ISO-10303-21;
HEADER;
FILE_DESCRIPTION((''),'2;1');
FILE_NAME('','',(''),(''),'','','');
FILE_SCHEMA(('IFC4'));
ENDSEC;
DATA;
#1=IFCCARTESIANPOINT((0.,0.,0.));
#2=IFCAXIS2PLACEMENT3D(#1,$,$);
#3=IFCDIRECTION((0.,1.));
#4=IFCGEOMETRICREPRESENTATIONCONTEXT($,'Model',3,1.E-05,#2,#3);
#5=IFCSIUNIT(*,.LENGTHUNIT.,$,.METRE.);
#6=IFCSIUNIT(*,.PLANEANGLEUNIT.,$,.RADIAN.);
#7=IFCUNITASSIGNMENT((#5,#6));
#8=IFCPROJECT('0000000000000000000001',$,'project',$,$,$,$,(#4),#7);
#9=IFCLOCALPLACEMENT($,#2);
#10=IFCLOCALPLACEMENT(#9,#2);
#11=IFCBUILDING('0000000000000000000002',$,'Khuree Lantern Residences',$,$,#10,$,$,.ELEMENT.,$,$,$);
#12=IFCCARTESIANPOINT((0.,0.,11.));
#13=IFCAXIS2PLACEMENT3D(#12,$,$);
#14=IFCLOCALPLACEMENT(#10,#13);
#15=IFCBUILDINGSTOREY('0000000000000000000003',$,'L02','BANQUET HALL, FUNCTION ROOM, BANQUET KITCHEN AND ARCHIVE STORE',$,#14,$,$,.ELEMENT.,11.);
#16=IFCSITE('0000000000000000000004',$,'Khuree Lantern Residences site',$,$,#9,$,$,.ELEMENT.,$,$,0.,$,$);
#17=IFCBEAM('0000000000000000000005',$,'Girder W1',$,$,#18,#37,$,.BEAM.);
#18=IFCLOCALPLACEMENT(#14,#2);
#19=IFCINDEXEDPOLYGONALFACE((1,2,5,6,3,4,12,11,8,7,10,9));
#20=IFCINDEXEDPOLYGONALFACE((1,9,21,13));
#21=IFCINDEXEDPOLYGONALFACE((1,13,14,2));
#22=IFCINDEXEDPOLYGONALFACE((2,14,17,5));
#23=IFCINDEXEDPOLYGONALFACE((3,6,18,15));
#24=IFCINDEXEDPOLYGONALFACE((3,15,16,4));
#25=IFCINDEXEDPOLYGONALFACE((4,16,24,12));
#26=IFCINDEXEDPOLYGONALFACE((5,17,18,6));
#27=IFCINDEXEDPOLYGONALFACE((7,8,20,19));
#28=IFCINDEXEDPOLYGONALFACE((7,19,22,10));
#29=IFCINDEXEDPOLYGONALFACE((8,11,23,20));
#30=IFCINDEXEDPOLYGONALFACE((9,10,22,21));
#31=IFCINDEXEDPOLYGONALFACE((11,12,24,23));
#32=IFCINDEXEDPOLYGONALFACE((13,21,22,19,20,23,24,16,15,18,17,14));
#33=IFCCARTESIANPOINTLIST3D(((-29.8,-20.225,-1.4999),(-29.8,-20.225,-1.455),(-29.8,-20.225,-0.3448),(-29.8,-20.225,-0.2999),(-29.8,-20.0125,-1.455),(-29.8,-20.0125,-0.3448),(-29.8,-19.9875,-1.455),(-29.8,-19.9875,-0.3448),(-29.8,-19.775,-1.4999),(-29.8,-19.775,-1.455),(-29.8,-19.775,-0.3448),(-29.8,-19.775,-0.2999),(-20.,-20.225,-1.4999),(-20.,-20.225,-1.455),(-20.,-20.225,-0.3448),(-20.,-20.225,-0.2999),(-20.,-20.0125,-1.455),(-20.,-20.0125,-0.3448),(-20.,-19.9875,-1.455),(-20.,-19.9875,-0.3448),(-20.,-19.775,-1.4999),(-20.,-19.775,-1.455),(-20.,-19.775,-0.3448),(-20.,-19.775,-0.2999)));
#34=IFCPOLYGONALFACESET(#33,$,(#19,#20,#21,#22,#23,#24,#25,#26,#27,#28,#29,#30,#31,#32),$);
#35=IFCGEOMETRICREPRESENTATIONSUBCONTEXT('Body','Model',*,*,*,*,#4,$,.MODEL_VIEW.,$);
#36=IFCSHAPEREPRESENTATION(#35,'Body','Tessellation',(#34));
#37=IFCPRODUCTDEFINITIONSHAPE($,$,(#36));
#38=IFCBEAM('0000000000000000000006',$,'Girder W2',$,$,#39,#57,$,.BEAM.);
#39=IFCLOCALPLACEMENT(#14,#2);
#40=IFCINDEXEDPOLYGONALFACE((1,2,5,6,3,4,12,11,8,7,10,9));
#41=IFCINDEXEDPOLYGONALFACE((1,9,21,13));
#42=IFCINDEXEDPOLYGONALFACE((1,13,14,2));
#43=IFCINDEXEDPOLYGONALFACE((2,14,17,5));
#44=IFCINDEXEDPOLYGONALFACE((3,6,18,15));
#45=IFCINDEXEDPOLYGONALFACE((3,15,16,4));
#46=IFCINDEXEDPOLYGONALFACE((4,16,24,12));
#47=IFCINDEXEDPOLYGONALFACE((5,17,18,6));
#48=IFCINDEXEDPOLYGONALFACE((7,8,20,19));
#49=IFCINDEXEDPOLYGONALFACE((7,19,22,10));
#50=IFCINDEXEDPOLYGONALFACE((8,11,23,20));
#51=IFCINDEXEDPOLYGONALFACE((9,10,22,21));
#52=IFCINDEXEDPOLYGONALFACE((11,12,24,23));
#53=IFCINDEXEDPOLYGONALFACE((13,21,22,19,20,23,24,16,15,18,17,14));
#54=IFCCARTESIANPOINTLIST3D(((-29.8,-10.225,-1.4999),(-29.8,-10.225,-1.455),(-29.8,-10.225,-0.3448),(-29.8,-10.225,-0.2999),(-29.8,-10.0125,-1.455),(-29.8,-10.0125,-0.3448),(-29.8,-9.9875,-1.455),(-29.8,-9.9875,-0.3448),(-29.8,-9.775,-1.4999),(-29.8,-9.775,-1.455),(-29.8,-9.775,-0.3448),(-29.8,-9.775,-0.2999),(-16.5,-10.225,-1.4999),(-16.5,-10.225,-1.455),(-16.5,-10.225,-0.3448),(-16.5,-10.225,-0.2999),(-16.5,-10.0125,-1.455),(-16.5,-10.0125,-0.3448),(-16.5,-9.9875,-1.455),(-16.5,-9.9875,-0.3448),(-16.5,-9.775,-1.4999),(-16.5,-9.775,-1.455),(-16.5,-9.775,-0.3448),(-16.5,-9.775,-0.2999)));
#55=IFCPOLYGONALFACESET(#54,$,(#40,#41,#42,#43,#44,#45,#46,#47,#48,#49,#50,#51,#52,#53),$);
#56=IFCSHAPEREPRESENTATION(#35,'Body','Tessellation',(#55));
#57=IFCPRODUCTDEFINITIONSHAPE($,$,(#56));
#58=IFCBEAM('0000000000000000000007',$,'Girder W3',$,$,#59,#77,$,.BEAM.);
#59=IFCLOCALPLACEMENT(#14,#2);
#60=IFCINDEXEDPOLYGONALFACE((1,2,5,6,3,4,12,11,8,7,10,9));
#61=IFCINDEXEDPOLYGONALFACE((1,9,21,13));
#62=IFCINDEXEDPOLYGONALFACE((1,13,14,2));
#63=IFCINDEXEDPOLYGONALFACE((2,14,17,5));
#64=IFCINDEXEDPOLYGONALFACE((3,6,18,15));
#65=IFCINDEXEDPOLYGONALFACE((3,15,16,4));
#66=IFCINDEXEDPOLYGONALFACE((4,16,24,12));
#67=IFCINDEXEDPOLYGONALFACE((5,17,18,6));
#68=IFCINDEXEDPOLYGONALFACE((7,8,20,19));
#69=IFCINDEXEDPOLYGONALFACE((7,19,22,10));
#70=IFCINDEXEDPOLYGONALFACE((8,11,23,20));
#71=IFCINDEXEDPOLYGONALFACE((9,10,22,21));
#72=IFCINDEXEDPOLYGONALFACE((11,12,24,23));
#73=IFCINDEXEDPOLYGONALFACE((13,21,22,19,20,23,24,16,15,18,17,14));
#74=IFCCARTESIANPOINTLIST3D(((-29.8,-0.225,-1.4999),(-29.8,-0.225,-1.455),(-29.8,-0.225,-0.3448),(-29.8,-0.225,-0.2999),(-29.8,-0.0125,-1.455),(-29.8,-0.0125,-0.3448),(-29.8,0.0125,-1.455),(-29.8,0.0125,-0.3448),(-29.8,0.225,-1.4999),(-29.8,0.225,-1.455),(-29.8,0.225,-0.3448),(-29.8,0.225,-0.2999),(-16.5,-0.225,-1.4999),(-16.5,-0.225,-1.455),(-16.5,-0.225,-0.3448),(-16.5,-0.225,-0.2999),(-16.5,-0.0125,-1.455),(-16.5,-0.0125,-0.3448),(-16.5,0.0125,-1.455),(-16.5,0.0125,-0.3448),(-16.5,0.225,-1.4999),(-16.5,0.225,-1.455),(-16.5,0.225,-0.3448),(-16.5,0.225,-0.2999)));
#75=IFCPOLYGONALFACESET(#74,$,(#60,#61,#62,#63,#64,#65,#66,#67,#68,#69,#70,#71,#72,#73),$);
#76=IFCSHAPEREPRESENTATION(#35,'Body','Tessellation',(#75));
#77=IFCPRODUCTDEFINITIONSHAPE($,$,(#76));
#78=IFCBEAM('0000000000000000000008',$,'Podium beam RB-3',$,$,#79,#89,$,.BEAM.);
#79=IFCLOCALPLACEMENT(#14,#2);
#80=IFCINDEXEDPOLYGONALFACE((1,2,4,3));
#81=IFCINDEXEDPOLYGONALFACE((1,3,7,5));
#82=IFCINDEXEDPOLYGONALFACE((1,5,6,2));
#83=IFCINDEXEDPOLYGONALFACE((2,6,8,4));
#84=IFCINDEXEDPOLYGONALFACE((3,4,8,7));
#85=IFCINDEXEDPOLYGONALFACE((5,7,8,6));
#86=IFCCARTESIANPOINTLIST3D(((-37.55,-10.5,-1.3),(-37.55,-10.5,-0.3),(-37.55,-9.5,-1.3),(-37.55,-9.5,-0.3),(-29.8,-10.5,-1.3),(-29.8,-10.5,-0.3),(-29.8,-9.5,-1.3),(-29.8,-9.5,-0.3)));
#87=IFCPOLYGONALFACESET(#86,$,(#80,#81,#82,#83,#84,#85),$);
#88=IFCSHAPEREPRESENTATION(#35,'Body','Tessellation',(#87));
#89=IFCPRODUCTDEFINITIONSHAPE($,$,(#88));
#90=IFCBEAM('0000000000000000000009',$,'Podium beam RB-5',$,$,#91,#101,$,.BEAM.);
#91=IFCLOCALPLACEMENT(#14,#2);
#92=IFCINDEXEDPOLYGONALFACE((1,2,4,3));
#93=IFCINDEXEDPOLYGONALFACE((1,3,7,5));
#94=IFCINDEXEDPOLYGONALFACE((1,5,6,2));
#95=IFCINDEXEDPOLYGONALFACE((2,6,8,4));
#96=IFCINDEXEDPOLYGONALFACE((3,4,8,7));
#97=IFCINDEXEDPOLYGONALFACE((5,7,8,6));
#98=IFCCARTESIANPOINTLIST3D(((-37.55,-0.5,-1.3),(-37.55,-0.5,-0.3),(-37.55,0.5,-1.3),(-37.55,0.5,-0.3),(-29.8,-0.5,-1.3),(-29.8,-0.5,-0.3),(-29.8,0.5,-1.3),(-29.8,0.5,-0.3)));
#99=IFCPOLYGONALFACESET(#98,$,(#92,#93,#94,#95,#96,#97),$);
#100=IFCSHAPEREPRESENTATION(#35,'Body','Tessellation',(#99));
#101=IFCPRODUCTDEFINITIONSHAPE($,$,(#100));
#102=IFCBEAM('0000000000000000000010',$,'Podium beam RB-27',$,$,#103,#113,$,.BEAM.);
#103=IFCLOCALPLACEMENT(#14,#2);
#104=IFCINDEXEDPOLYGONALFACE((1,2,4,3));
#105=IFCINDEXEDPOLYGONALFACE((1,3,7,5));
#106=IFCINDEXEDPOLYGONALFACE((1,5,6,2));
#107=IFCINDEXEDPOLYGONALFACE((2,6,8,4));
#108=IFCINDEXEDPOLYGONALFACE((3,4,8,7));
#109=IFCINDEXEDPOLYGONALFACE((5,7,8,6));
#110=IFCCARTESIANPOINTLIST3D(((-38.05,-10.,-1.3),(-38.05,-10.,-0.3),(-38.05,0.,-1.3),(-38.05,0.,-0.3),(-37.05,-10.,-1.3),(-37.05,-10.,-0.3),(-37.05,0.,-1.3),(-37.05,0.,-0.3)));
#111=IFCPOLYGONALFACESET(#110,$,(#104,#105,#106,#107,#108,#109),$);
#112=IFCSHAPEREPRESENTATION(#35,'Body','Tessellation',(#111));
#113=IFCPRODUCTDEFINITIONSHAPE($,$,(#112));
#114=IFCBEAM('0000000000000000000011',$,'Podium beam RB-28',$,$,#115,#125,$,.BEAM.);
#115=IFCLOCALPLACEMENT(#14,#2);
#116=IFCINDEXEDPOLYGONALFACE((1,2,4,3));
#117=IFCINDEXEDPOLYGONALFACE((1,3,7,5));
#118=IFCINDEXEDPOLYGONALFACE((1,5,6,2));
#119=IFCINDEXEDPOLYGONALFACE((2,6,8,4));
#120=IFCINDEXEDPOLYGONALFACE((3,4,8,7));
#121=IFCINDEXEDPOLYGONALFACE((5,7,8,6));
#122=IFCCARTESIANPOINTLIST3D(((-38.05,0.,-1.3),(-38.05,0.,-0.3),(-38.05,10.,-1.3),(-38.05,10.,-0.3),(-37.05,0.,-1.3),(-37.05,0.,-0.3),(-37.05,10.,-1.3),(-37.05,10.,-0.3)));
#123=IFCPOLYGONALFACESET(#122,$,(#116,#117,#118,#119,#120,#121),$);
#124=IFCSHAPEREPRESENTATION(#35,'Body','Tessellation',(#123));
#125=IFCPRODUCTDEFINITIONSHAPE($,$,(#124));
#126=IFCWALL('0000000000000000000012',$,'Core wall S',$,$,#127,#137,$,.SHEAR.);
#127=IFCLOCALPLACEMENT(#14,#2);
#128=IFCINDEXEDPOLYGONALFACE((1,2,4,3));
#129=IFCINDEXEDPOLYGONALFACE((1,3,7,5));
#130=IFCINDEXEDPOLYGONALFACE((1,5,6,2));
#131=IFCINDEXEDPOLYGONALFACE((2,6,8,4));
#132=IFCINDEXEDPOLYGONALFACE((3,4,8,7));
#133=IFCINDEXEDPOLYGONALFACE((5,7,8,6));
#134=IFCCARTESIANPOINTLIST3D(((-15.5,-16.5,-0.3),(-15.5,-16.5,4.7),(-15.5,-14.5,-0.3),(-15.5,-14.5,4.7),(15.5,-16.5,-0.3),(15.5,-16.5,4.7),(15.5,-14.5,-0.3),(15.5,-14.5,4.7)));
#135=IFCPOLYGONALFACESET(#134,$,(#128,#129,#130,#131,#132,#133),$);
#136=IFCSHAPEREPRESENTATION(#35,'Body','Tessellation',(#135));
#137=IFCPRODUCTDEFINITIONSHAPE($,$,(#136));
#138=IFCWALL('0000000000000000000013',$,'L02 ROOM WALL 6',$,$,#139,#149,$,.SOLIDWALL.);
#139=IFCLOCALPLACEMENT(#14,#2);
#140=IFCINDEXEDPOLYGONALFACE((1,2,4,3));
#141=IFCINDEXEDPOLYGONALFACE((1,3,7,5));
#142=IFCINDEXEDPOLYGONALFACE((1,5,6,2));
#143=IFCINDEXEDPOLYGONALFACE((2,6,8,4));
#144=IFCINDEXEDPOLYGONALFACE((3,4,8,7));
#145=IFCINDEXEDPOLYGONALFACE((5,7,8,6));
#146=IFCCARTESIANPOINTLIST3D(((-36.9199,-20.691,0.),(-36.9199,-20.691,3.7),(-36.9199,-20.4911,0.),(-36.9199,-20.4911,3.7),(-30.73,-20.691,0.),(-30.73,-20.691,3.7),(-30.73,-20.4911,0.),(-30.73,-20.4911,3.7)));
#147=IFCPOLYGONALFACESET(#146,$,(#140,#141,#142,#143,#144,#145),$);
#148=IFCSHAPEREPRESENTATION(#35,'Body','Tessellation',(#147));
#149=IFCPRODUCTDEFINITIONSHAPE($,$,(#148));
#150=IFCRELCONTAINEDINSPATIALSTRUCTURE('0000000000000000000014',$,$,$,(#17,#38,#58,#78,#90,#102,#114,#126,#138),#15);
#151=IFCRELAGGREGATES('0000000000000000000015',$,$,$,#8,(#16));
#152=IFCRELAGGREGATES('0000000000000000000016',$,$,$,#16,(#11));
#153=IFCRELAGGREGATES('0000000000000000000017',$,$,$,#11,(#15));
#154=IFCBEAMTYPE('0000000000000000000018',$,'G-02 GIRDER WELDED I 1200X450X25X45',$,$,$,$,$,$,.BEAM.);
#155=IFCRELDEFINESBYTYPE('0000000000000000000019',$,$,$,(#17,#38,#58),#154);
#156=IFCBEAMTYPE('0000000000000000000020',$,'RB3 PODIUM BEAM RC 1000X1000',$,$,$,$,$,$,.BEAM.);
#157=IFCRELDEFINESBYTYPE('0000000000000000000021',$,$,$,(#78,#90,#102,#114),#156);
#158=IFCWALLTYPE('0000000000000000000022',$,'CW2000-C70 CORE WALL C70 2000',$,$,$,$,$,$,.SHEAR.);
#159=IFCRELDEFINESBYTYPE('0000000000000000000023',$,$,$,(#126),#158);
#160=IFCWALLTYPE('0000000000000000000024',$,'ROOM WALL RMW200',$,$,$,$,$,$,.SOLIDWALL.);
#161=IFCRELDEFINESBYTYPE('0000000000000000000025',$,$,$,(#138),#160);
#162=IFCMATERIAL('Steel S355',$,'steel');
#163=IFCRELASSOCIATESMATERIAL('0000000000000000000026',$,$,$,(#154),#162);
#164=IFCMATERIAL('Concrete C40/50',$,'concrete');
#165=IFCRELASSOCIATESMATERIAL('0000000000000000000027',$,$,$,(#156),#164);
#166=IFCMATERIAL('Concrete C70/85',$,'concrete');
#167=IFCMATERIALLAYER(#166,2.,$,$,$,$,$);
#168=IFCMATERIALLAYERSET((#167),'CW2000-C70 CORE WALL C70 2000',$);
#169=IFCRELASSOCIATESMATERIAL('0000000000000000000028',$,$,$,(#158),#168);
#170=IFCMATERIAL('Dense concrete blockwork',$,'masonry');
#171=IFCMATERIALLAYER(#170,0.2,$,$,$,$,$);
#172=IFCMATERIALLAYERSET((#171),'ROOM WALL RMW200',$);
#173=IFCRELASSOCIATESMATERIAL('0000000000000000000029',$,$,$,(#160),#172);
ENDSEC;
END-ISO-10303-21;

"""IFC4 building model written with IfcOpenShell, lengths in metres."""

from ifc_helpers import new_model, si_unit, direction, frame, frame_2d, origin, origin_2d, place, context, subcontext, project, spatial, rectangle, i_section, extrude, material, layer, layer_set, material_profile, profile_set, type_object, element, save


model = new_model("IFC4")

# Units and contexts
model_context = context("Model", 3, precision=1e-05, world=origin(), true_north=direction((0.0, 1.0)))
body_context = subcontext(model_context, "Body", "Model", "MODEL_VIEW")
ifc_project = project(units=[si_unit("LENGTHUNIT", "METRE"), si_unit("PLANEANGLEUNIT", "RADIAN")], contexts=[model_context])

# Site, building, storey
site_placement = place(None, origin())
site = spatial("IfcSite", under=ifc_project, at=site_placement, Name="Khuree Lantern Residences site", CompositionType="ELEMENT", RefElevation=0.0)
building_placement = place(site_placement, origin())
building = spatial("IfcBuilding", under=site, at=building_placement, Name="Khuree Lantern Residences", CompositionType="ELEMENT")
storey_placement = place(building_placement, frame((0.0, 0.0, 11.0)))
storey = spatial("IfcBuildingStorey", under=building, at=storey_placement, Name="L02", Description="BANQUET HALL, FUNCTION ROOM, BANQUET KITCHEN AND ARCHIVE STORE", CompositionType="ELEMENT", Elevation=11.0)

# Shared definitions
ifc_material_1 = material(Name="Concrete C70/85", Category="concrete")

# Beams
ifc_material_2 = material(Name="Steel S355", Category="steel")
ifc_material_profile_1 = material_profile(ifc_material_2, i_section(OverallWidth=0.45, OverallDepth=1.2, WebThickness=0.0249, FlangeThickness=0.0449, at=origin_2d()), Name="WELDED I 1200X450X25X45")
ifc_profile_set_1 = profile_set([ifc_material_profile_1], Name="Steel S355")
beam_type_1 = type_object("IfcBeamType", Name="G-02 GIRDER WELDED I 1200X450X25X45", PredefinedType="BEAM", material=ifc_profile_set_1)
beam_placement = place(storey_placement, frame((-29.8, -20.0, -0.8999), z_axis=(1.0, 0.0, 0.0), x_axis=(0.0, 1.0, 0.0)))
element("IfcBeam", 1, at=beam_placement, inside=storey, type_object=beam_type_1, Name="Girder W1", PredefinedType="BEAM", context=body_context, shape_type="SweptSolid", body=[
    extrude(i_section(OverallWidth=0.45, OverallDepth=1.2, WebThickness=0.0249, FlangeThickness=0.0449, at=origin_2d()), origin(), (0.0, 0.0, 1.0), 9.8),
])
for number, where, z_axis, x_axis, name in (
    (2, (-29.8, -10.0, -0.8999), (1.0, 0.0, 0.0), (0.0, 1.0, 0.0), "Girder W2"),
    (3, (-29.8, 0.0, -0.8999), (1.0, 0.0, 0.0), (0.0, 1.0, 0.0), "Girder W3"),
):
    element("IfcBeam", number, at=place(storey_placement, frame(where, z_axis=z_axis, x_axis=x_axis)), inside=storey, type_object=beam_type_1, Name=name, PredefinedType="BEAM", context=body_context, shape_type="SweptSolid", body=[
        extrude(i_section(OverallWidth=0.45, OverallDepth=1.2, WebThickness=0.0249, FlangeThickness=0.0449, at=origin_2d()), origin(), (0.0, 0.0, 1.0), 13.3),
    ])
ifc_material_3 = material(Name="Concrete C40/50", Category="concrete")
ifc_material_profile_2 = material_profile(ifc_material_3, rectangle(XDim=1.0, YDim=1.0, at=origin_2d()), Name="RC 1000X1000")
ifc_profile_set_2 = profile_set([ifc_material_profile_2], Name="Concrete C40/50")
beam_type_2 = type_object("IfcBeamType", Name="RB3 PODIUM BEAM RC 1000X1000", PredefinedType="BEAM", material=ifc_profile_set_2)
for number, where, z_axis, x_axis, name in (
    (4, (-37.55, -10.0, -0.8), (1.0, 0.0, 0.0), (0.0, 1.0, 0.0), "Podium beam RB-3"),
    (5, (-37.55, 0.0, -0.8), (1.0, 0.0, 0.0), (0.0, 1.0, 0.0), "Podium beam RB-5"),
):
    element("IfcBeam", number, at=place(storey_placement, frame(where, z_axis=z_axis, x_axis=x_axis)), inside=storey, type_object=beam_type_2, Name=name, PredefinedType="BEAM", context=body_context, shape_type="SweptSolid", body=[
        extrude(rectangle(XDim=1.0, YDim=1.0, at=origin_2d()), origin(), (0.0, 0.0, 1.0), 7.75),
    ])
for number, where, z_axis, x_axis, name in (
    (6, (-37.55, -10.0, -0.8), (0.0, 1.0, 0.0), (-1.0, 0.0, 0.0), "Podium beam RB-27"),
    (7, (-37.55, 0.0, -0.8), (0.0, 1.0, 0.0), (-1.0, 0.0, 0.0), "Podium beam RB-28"),
):
    element("IfcBeam", number, at=place(storey_placement, frame(where, z_axis=z_axis, x_axis=x_axis)), inside=storey, type_object=beam_type_2, Name=name, PredefinedType="BEAM", context=body_context, shape_type="SweptSolid", body=[
        extrude(rectangle(XDim=1.0, YDim=1.0, at=origin_2d()), origin(), (0.0, 0.0, 1.0), 10.0),
    ])

# Walls
ifc_layer_1 = layer(ifc_material_1, 2.0)
ifc_layer_set_1 = layer_set([ifc_layer_1], Name="CW2000-C70 CORE WALL C70 2000")
wall_type_1 = type_object("IfcWallType", Name="CW2000-C70 CORE WALL C70 2000", PredefinedType="SHEAR", material=ifc_layer_set_1)
wall_1_placement = place(storey_placement, frame((-15.5, -15.5, -0.3), z_axis=(0.0, 0.0, 1.0), x_axis=(1.0, 0.0, 0.0)))
element("IfcWall", 8, at=wall_1_placement, inside=storey, type_object=wall_type_1, Name="Core wall S", PredefinedType="SHEAR", context=body_context, shape_type="SweptSolid", body=[
    extrude(rectangle(XDim=31.0, YDim=2.0, at=frame_2d((15.5, 0.0))), origin(), (0.0, 0.0, 1.0), 5.0),
])
ifc_material_4 = material(Name="Dense concrete blockwork", Category="masonry")
ifc_layer_2 = layer(ifc_material_4, 0.2)
ifc_layer_set_2 = layer_set([ifc_layer_2], Name="ROOM WALL RMW200")
wall_type_2 = type_object("IfcWallType", Name="ROOM WALL RMW200", PredefinedType="SOLIDWALL", material=ifc_layer_set_2)
wall_2_placement = place(storey_placement, frame((-36.9199, -20.5911, 0.0), z_axis=(0.0, 0.0, 1.0), x_axis=(1.0, 0.0, 0.0)))
element("IfcWall", 9, at=wall_2_placement, inside=storey, type_object=wall_type_2, Name="L02 ROOM WALL 6", PredefinedType="SOLIDWALL", context=body_context, shape_type="SweptSolid", body=[
    extrude(rectangle(XDim=6.1899, YDim=0.2, at=frame_2d((3.095, 0.0))), origin(), (0.0, 0.0, 1.0), 3.7),
])

save(model, "model.ifc")
